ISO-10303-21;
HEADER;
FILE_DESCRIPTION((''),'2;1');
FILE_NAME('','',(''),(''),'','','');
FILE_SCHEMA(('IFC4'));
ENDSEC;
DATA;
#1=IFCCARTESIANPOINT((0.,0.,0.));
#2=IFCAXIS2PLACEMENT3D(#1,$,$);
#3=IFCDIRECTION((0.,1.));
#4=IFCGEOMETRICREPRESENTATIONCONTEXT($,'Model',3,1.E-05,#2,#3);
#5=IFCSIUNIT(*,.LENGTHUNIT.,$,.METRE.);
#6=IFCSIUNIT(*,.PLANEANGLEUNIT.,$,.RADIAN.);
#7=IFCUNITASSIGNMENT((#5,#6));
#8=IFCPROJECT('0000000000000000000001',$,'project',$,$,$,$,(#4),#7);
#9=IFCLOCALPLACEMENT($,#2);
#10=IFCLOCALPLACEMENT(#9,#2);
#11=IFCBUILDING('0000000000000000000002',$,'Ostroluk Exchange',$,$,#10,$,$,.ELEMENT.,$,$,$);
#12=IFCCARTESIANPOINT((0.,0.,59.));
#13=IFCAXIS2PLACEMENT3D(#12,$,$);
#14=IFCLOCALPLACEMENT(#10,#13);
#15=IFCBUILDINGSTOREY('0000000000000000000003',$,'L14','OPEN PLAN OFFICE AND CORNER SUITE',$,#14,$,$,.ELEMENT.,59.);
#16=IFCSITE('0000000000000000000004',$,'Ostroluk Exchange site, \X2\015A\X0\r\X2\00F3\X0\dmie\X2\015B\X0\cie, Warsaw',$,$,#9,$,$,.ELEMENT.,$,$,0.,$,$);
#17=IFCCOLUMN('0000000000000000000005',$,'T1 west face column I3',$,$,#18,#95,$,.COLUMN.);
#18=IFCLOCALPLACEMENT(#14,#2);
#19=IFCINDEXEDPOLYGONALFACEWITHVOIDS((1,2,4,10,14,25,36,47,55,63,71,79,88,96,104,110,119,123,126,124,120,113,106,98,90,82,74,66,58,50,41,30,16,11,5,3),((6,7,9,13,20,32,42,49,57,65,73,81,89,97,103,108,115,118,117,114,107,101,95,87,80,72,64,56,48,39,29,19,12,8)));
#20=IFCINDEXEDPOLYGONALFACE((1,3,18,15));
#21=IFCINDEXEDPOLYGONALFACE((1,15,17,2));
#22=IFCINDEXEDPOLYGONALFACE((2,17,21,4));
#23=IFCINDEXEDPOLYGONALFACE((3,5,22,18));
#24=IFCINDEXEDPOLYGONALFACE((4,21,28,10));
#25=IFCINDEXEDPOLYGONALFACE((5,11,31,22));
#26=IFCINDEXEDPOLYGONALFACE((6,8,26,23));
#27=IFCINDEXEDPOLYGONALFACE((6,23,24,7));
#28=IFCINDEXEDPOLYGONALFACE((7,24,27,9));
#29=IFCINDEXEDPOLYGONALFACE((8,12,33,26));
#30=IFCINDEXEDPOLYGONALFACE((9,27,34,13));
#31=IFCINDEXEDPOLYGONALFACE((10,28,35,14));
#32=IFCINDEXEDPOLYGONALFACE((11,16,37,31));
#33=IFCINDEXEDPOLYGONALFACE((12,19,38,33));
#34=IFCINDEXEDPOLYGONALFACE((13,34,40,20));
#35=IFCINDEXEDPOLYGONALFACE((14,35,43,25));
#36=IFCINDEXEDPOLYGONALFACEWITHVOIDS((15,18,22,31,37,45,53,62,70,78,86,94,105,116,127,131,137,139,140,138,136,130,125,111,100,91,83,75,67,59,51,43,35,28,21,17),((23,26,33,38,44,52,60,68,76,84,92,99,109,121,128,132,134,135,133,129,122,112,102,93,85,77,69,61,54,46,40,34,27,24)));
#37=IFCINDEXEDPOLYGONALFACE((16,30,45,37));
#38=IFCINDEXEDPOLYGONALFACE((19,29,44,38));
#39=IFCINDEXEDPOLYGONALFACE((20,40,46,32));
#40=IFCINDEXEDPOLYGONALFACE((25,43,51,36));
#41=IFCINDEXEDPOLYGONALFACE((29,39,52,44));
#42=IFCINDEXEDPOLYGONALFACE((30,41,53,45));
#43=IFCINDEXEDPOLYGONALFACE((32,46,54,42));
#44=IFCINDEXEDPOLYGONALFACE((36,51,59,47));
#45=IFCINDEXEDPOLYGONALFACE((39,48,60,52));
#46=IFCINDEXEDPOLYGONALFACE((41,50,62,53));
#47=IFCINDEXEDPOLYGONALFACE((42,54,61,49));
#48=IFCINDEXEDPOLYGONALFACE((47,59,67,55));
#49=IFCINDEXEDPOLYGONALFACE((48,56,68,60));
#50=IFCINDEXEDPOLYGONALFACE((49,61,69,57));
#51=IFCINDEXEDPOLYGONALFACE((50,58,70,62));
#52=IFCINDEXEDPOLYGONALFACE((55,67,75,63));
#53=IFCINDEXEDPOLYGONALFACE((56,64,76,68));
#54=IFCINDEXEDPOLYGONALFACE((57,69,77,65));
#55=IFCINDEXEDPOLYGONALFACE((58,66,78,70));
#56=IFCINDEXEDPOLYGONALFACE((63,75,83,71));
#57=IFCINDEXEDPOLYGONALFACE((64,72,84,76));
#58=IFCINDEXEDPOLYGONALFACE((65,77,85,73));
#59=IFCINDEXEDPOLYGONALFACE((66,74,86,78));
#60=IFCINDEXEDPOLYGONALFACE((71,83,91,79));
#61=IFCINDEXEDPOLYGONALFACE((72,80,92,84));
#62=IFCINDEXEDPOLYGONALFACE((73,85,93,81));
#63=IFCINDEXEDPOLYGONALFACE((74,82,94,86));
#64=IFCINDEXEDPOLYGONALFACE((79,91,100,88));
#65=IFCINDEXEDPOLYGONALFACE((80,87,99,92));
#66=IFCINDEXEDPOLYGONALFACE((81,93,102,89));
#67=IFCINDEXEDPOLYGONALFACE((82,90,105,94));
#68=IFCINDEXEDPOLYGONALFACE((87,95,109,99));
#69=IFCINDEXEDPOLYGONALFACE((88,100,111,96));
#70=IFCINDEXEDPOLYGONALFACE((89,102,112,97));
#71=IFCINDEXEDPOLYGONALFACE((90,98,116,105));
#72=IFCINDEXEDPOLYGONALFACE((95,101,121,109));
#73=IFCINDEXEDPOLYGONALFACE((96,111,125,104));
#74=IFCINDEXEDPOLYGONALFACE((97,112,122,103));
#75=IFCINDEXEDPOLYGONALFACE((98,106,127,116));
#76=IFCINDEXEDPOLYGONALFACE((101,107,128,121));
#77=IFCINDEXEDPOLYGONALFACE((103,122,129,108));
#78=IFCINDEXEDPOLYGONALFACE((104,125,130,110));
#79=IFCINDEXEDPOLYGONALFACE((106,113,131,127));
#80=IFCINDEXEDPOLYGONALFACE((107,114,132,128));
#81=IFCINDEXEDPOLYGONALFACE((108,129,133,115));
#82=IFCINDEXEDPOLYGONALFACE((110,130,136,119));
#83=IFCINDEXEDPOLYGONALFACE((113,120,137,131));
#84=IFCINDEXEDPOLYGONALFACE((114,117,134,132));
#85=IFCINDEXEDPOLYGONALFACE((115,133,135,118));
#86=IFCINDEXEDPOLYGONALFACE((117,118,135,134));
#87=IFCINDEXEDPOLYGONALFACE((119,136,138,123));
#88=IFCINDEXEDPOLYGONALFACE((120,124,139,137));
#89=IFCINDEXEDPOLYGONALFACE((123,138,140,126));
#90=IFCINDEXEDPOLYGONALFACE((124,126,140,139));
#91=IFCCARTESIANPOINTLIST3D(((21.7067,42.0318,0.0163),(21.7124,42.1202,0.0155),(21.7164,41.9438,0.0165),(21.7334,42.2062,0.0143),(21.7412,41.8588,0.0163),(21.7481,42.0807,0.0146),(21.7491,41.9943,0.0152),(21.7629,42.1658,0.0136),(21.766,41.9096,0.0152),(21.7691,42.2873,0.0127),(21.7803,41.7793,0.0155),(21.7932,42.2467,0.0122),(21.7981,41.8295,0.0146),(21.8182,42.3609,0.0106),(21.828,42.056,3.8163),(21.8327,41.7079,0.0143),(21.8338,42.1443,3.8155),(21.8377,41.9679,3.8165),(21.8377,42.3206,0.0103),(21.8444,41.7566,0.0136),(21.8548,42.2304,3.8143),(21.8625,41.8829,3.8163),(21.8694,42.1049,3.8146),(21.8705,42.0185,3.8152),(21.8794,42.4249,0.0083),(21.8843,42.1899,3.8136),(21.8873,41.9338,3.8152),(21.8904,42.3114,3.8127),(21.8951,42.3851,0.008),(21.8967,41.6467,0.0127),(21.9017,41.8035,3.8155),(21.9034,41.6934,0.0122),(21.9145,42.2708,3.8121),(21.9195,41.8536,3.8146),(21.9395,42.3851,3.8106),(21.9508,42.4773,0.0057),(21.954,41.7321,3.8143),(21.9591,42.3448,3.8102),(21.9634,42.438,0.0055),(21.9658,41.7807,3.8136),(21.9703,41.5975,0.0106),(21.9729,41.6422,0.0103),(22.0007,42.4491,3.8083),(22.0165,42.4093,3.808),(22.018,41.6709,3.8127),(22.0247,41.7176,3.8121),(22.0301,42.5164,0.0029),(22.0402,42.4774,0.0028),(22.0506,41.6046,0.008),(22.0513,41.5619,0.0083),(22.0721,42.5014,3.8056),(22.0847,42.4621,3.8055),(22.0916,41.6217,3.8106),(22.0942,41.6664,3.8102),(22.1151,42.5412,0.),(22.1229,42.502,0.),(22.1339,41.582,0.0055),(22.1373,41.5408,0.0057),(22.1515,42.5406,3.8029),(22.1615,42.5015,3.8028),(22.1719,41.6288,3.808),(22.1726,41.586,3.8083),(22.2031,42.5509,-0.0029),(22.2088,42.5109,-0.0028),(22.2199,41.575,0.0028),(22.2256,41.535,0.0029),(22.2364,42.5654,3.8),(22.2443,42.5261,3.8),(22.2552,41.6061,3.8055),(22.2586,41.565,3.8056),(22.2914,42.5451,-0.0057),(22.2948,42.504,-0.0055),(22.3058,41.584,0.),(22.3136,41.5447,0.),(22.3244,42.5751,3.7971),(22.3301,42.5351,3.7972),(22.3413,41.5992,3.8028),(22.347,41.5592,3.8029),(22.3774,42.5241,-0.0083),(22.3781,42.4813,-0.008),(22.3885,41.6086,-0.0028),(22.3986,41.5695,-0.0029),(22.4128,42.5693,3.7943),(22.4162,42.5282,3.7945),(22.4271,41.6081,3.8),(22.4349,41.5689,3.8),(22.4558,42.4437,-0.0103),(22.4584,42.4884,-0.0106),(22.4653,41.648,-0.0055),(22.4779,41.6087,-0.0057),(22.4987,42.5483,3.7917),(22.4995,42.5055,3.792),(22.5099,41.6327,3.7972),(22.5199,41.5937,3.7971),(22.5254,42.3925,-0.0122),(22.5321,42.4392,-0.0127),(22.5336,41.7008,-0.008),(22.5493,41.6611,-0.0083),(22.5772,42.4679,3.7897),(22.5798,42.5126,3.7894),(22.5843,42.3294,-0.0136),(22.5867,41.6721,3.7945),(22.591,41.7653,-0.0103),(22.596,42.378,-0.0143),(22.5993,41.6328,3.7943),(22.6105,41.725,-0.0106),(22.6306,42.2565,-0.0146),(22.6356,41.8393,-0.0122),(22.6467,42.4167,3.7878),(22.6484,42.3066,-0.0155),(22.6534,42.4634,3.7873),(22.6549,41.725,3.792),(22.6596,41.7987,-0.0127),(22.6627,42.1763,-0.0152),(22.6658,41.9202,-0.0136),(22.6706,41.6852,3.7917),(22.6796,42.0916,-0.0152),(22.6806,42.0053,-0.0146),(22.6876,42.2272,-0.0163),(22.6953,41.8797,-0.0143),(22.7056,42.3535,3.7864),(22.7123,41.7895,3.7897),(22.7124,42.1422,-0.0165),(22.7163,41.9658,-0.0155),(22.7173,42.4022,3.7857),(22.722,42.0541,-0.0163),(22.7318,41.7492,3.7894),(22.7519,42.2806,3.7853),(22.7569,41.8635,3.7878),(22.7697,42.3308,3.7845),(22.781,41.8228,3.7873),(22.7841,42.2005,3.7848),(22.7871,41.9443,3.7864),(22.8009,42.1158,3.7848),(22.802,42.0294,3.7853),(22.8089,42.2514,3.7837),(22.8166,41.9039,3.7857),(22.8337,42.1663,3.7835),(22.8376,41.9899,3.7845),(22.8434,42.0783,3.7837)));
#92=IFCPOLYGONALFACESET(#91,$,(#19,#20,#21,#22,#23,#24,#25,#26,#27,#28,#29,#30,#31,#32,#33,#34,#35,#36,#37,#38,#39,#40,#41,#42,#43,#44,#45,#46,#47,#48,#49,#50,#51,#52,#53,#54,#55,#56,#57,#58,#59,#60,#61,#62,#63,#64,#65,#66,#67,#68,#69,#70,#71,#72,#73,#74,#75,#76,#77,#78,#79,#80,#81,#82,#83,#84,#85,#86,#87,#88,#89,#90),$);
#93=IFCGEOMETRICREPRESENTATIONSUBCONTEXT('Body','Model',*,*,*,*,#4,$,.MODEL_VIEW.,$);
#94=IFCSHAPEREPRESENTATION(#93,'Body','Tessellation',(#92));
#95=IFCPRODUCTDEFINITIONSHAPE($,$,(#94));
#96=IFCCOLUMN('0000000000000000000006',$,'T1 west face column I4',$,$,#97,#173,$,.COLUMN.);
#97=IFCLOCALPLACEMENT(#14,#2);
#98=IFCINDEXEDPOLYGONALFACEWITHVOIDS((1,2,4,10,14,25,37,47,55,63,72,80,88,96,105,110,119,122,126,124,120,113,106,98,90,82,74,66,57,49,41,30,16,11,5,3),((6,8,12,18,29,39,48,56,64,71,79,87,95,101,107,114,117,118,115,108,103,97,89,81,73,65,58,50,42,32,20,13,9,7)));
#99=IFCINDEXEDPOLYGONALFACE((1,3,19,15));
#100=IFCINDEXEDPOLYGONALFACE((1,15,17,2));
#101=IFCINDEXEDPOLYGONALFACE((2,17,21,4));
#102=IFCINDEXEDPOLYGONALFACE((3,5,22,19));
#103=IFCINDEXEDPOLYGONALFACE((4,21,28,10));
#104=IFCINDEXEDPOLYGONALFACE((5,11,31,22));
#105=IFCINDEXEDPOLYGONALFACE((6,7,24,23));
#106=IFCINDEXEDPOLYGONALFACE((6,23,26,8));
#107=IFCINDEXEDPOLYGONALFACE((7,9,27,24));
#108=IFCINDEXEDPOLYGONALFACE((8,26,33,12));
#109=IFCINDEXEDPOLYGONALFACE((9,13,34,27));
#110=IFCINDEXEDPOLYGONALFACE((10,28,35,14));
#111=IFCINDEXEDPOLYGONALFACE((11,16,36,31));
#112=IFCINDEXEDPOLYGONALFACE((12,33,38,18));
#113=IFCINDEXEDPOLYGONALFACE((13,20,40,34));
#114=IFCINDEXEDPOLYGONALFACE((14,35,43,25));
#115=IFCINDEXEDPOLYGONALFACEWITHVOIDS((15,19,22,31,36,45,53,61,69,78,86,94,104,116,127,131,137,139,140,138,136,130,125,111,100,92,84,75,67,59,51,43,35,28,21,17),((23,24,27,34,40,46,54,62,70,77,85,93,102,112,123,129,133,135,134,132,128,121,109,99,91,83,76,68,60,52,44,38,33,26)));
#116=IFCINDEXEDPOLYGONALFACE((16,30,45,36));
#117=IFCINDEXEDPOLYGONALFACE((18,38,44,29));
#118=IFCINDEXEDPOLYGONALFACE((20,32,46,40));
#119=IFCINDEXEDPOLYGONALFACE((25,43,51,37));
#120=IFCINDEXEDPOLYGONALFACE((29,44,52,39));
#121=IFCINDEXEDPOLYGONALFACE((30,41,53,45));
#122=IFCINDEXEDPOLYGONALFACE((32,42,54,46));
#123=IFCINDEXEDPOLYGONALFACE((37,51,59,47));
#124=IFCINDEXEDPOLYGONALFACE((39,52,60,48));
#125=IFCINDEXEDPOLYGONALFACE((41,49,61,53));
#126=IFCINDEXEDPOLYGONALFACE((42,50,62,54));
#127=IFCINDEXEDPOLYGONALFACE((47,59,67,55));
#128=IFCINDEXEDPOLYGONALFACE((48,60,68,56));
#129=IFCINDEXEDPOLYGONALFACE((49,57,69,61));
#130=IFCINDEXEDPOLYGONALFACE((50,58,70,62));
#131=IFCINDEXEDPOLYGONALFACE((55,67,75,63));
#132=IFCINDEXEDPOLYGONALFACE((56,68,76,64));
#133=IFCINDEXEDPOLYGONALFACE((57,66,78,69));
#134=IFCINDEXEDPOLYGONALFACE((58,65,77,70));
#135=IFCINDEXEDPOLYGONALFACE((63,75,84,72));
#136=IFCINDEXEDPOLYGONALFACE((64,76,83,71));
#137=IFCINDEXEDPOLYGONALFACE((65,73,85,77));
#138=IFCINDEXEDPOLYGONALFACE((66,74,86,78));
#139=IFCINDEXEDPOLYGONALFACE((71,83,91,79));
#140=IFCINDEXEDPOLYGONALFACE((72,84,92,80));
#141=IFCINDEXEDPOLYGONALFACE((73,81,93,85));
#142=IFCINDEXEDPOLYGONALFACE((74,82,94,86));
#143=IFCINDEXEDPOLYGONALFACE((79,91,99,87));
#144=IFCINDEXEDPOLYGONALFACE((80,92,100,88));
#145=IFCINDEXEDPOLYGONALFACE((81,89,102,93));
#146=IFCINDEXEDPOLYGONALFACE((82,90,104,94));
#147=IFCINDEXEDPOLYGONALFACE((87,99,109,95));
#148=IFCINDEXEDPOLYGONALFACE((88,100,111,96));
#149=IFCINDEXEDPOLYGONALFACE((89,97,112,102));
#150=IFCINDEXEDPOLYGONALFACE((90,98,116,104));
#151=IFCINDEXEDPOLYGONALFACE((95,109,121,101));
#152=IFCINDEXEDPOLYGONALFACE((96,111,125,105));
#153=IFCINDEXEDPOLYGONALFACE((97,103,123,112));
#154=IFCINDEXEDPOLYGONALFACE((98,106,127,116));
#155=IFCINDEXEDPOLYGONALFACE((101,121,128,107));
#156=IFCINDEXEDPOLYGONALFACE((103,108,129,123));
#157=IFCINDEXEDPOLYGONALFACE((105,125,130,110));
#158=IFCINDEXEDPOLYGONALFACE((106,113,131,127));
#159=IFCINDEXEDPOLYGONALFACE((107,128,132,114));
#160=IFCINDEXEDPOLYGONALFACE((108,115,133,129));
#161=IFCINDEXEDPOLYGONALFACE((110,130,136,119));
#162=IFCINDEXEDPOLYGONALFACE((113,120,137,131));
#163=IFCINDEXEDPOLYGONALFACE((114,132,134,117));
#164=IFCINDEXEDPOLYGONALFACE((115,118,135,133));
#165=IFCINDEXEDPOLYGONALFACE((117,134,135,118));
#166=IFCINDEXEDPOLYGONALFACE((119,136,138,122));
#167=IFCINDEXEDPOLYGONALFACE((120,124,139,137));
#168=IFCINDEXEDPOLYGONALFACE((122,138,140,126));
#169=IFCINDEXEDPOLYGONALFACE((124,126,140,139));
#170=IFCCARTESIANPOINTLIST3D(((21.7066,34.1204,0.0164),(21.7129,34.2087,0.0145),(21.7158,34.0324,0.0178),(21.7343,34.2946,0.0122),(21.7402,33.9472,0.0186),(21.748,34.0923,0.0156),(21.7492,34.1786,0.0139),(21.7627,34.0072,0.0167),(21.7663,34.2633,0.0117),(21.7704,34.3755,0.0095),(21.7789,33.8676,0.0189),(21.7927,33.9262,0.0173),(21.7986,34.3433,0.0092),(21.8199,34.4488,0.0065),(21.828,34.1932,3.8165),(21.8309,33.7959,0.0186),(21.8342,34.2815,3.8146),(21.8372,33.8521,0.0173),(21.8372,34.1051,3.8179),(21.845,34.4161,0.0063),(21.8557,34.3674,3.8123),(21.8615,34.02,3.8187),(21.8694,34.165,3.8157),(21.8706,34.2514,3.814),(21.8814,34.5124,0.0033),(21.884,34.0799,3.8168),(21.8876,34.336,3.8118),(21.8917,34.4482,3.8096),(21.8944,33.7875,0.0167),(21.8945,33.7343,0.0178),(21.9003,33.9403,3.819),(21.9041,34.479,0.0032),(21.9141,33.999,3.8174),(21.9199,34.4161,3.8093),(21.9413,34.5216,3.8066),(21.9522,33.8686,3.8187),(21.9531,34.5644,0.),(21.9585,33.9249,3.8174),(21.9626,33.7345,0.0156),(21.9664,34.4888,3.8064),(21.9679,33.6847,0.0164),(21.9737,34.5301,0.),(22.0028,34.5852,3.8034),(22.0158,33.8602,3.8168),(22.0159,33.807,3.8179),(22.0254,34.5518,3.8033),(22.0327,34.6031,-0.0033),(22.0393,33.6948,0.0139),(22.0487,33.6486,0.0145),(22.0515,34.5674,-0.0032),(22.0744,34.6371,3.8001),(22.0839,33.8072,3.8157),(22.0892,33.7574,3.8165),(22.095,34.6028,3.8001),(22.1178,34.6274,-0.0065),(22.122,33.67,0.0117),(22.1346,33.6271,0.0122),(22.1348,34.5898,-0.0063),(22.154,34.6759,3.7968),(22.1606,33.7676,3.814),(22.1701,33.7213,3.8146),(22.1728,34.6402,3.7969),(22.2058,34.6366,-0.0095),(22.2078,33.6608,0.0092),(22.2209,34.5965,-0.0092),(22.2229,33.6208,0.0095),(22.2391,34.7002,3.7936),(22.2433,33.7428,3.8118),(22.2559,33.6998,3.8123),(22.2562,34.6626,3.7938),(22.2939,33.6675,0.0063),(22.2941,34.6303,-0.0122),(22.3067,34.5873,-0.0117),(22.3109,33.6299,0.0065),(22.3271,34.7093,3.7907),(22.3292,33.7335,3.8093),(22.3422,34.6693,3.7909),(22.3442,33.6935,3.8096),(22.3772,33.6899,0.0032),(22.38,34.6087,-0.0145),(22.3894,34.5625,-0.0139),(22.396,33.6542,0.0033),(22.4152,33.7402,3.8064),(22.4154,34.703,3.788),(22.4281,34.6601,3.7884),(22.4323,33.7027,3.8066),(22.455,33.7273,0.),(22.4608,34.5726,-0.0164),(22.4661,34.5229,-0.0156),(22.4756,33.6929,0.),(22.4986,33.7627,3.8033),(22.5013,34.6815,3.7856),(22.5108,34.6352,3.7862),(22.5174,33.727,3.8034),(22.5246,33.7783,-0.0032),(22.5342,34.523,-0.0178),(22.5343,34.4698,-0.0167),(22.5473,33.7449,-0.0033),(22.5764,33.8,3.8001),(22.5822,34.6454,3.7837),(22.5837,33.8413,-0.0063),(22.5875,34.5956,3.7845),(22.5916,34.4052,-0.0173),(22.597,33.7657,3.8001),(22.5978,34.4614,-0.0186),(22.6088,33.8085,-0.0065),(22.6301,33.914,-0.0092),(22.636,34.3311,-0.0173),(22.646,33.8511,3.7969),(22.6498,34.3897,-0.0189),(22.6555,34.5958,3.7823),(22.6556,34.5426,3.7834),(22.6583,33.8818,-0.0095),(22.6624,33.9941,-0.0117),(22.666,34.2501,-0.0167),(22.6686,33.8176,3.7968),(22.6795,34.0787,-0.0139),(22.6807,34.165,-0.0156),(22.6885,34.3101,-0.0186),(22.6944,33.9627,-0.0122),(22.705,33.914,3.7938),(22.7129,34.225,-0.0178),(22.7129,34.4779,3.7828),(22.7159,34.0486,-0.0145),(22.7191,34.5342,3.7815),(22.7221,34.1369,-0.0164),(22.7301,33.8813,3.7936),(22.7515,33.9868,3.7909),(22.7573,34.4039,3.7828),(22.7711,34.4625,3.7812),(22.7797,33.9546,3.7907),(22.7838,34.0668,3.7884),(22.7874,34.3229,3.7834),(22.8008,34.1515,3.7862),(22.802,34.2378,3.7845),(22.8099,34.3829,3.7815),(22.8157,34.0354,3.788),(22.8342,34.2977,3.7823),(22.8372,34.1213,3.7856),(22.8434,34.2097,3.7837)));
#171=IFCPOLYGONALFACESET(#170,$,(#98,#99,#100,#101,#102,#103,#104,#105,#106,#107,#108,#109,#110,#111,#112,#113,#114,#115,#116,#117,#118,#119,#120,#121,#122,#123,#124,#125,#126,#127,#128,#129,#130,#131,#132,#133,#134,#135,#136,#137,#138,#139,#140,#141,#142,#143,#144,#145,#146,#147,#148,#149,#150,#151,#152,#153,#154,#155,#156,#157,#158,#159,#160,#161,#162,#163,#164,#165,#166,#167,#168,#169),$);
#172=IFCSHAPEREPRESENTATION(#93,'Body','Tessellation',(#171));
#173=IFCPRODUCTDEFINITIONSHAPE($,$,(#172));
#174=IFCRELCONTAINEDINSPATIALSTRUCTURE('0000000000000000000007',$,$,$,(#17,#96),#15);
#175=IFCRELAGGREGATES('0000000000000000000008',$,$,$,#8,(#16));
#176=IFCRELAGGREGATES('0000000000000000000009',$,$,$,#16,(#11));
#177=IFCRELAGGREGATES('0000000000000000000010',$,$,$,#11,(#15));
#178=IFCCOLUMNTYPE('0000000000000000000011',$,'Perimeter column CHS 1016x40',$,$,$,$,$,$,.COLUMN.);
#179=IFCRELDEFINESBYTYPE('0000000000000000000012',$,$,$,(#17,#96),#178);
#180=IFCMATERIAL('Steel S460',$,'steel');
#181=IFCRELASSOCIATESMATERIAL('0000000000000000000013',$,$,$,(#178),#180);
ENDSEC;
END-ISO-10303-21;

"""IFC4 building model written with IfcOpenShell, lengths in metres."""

from ifc_helpers import new_model, si_unit, direction, frame, origin, origin_2d, place, context, subcontext, project, spatial, hollow_circle, extrude, material, material_profile, profile_set, type_object, element, save


model = new_model("IFC4")

# Units and contexts
model_context = context("Model", 3, precision=1e-05, world=origin(), true_north=direction((0.0, 1.0)))
body_context = subcontext(model_context, "Body", "Model", "MODEL_VIEW")
ifc_project = project(units=[si_unit("LENGTHUNIT", "METRE"), si_unit("PLANEANGLEUNIT", "RADIAN")], contexts=[model_context])

# Site, building, storey
site_placement = place(None, origin())
site = spatial("IfcSite", under=ifc_project, at=site_placement, Name="Ostroluk Exchange site, Śródmieście, Warsaw", CompositionType="ELEMENT", RefElevation=0.0)
building_placement = place(site_placement, origin())
building = spatial("IfcBuilding", under=site, at=building_placement, Name="Ostroluk Exchange", CompositionType="ELEMENT")
storey_placement = place(building_placement, frame((0.0, 0.0, 59.0)))
storey = spatial("IfcBuildingStorey", under=building, at=storey_placement, Name="L14", Description="OPEN PLAN OFFICE AND CORNER SUITE", CompositionType="ELEMENT", Elevation=59.0)

# Columns
ifc_material_1 = material(Name="Steel S460", Category="steel")
ifc_material_profile_1 = material_profile(ifc_material_1, hollow_circle(Radius=0.5081, WallThickness=0.04, at=origin_2d()), Name="CHS 1016x40")
ifc_profile_set_1 = profile_set([ifc_material_profile_1], Name="Steel S460")
column_type = type_object("IfcColumnType", Name="Perimeter column CHS 1016x40", PredefinedType="COLUMN", material=ifc_profile_set_1)
column_1_placement = place(storey_placement, frame((22.2144, 42.043, 0.0), z_axis=(0.031914, 0.006357, 0.99947), x_axis=(-0.195357, 0.980732, 0.0)))
element("IfcColumn", 1, at=column_1_placement, inside=storey, type_object=column_type, Name="T1 west face column I3", PredefinedType="COLUMN", context=body_context, shape_type="SweptSolid", body=[
    extrude(hollow_circle(Radius=0.5081, WallThickness=0.04, at=origin_2d()), origin(), (0.0, 0.0, 1.0), 3.802),
])
column_2_placement = place(storey_placement, frame((22.2144, 34.1287, 0.0), z_axis=(0.031909, 0.019132, 0.999308), x_axis=(-0.514242, 0.857645, 0.0)))
element("IfcColumn", 2, at=column_2_placement, inside=storey, type_object=column_type, Name="T1 west face column I4", PredefinedType="COLUMN", context=body_context, shape_type="SweptSolid", body=[
    extrude(hollow_circle(Radius=0.5081, WallThickness=0.04, at=origin_2d()), origin(), (0.0, 0.0, 1.0), 3.8027),
])

save(model, "model.ifc")
